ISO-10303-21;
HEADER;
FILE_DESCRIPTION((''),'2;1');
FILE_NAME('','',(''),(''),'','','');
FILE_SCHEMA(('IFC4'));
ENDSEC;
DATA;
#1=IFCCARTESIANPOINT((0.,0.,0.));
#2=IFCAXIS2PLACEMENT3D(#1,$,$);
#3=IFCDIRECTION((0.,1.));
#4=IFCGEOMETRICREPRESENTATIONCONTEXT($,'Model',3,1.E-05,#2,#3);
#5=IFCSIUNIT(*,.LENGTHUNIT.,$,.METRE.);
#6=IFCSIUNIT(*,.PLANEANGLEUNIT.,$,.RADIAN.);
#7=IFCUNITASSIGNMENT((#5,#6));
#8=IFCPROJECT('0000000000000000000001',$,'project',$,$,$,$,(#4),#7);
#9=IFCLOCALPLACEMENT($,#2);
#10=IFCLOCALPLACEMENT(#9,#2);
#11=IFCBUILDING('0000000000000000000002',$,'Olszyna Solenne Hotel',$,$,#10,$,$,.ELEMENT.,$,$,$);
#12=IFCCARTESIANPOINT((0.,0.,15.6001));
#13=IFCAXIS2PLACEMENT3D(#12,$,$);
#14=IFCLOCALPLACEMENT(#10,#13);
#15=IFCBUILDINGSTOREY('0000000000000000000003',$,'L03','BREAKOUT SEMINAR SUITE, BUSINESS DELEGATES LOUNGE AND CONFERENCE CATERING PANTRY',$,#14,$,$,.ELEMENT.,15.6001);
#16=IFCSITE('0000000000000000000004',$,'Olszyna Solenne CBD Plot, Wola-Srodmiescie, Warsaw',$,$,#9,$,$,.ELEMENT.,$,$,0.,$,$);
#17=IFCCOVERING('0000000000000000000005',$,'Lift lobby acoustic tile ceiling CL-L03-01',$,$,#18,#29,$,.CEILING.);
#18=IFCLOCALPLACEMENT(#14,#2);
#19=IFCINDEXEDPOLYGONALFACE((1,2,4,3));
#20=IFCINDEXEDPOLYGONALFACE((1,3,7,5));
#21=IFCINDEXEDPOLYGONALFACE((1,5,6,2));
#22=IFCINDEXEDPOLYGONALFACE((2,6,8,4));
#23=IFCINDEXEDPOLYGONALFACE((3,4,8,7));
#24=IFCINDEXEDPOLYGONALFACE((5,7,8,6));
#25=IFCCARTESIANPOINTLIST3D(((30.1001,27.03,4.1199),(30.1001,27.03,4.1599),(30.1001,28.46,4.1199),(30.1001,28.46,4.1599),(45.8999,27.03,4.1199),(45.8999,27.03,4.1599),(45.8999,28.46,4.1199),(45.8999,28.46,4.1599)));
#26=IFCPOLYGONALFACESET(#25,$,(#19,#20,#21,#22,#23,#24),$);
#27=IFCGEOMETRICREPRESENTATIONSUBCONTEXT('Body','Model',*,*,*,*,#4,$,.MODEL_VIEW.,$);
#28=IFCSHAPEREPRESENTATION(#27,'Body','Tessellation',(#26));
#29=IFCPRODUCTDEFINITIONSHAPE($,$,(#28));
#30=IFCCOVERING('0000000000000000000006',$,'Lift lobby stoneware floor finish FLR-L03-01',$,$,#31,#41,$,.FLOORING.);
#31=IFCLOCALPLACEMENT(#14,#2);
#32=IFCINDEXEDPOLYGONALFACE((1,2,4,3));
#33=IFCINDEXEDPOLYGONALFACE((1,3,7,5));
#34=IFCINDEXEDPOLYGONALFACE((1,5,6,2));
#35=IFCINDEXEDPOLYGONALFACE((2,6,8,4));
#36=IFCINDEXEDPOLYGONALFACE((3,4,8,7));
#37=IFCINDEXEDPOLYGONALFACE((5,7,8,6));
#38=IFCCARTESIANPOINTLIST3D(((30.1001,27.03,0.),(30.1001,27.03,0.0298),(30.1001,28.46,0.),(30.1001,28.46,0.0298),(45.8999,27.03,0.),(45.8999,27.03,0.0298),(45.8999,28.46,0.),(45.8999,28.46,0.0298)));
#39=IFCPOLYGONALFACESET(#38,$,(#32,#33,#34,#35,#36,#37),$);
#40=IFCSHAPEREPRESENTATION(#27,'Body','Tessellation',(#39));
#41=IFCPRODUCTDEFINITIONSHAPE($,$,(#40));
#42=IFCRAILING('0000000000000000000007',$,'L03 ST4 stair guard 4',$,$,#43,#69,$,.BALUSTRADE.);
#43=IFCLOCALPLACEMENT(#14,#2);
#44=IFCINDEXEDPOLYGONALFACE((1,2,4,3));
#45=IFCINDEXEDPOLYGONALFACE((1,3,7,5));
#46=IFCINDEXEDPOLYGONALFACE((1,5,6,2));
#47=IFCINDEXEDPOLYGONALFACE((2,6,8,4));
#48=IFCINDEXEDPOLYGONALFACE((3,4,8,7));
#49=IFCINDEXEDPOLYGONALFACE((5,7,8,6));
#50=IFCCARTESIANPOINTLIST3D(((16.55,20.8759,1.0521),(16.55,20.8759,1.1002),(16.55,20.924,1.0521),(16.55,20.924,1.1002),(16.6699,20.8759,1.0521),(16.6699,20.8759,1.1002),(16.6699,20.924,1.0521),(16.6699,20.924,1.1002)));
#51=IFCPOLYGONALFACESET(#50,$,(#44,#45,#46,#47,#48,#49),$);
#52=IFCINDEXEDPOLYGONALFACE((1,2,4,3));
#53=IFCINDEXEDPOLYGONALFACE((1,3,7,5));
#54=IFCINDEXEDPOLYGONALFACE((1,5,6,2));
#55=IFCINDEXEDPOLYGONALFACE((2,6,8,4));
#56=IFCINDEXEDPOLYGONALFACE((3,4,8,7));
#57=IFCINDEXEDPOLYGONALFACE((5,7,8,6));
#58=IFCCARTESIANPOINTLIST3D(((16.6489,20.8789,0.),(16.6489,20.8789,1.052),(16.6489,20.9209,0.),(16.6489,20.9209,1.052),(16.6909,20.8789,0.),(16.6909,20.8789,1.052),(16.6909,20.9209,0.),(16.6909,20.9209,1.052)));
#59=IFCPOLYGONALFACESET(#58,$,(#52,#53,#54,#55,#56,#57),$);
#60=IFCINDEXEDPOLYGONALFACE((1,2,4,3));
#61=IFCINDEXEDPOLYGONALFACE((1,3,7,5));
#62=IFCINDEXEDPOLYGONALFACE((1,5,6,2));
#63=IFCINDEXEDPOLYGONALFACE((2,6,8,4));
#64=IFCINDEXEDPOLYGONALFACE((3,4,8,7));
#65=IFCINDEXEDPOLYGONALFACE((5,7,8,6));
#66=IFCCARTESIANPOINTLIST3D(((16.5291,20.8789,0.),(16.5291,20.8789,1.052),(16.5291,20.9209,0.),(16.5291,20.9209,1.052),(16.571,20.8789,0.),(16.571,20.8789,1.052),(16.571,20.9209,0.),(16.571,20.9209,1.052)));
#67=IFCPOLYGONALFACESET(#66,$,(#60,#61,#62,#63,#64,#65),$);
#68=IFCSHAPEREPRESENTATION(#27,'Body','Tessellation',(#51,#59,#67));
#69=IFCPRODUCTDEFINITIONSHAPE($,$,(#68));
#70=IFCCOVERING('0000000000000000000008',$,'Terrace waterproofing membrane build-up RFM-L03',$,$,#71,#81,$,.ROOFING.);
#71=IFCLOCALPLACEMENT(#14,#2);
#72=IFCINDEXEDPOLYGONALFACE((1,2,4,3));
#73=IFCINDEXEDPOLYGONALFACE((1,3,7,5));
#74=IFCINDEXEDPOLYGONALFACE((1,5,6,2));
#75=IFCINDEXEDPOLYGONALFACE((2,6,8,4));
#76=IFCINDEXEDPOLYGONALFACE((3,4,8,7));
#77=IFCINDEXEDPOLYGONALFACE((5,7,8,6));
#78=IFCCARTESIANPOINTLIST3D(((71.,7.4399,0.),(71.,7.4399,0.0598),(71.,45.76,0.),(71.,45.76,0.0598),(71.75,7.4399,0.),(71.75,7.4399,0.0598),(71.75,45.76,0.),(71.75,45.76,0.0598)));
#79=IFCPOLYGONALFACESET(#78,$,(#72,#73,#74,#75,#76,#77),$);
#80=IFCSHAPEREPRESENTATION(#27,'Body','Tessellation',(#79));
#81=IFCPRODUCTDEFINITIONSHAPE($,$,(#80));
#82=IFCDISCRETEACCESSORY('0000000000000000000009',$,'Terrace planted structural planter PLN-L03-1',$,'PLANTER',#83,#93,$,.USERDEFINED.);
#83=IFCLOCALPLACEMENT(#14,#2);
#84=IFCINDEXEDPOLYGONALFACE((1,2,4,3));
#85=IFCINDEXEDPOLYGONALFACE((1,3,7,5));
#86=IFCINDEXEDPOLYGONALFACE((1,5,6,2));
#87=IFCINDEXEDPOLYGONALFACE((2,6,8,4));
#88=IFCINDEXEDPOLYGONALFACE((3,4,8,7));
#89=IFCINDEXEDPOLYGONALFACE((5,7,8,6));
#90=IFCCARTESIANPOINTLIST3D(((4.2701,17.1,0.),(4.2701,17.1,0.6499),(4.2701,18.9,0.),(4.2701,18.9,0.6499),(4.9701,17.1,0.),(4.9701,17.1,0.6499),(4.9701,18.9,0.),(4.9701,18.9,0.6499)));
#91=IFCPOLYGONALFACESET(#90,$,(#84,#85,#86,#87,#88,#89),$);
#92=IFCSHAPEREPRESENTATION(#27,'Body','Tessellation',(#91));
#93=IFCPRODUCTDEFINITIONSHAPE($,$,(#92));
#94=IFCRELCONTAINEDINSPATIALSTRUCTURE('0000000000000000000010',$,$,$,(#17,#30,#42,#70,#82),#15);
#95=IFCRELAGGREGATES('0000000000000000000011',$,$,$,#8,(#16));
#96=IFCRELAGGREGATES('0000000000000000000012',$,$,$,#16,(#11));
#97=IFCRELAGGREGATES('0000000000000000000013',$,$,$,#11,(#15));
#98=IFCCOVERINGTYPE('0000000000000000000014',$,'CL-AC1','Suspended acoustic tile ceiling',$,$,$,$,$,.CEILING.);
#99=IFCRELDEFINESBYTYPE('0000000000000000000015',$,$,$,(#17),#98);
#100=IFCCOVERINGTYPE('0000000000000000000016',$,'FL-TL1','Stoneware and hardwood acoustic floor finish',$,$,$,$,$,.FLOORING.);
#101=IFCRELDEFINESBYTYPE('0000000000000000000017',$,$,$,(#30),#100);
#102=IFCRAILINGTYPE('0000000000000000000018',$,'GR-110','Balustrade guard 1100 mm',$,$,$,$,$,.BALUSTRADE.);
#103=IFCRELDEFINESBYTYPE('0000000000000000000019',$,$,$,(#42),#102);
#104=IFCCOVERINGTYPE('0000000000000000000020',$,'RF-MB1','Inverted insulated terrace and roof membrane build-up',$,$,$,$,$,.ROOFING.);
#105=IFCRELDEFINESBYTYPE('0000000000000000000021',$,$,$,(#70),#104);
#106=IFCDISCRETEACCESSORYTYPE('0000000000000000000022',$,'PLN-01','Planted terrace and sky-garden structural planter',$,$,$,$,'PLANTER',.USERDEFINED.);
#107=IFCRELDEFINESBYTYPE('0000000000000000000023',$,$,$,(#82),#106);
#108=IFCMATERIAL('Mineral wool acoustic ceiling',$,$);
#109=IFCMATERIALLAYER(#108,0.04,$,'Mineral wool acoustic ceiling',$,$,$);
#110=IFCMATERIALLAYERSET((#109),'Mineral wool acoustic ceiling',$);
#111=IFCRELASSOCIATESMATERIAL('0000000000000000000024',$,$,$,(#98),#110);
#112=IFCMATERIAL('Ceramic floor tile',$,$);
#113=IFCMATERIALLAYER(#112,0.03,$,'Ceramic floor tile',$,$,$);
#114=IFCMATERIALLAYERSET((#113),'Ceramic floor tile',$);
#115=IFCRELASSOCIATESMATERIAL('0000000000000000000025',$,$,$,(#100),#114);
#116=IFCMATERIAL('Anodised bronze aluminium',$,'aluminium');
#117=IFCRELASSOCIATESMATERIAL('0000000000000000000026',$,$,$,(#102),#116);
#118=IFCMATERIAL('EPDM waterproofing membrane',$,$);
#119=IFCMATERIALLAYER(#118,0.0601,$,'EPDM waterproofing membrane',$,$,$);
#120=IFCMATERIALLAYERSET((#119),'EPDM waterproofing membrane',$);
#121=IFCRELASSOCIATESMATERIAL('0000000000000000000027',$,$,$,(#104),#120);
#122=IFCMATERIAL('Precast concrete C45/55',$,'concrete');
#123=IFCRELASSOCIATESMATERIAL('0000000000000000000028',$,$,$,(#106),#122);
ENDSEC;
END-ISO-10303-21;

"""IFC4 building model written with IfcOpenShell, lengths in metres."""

from ifc_helpers import new_model, si_unit, direction, frame, origin, origin_2d, place, context, subcontext, project, spatial, polyline, rectangle, outline, extrude, source, transform, mapped, material, layer, layer_set, type_object, element, save


model = new_model("IFC4")

# Units and contexts
model_context = context("Model", 3, precision=1e-05, world=origin(), true_north=direction((0.0, 1.0)))
body_context = subcontext(model_context, "Body", "Model", "MODEL_VIEW")
ifc_project = project(units=[si_unit("LENGTHUNIT", "METRE"), si_unit("PLANEANGLEUNIT", "RADIAN")], contexts=[model_context])

# Site, building, storey
site_placement = place(None, origin())
site = spatial("IfcSite", under=ifc_project, at=site_placement, Name="Olszyna Solenne CBD Plot, Wola-Srodmiescie, Warsaw", CompositionType="ELEMENT", RefElevation=0.0)
building_placement = place(site_placement, origin())
building = spatial("IfcBuilding", under=site, at=building_placement, Name="Olszyna Solenne Hotel", CompositionType="ELEMENT")
storey_placement = place(building_placement, frame((0.0, 0.0, 15.6001)))
storey = spatial("IfcBuildingStorey", under=building, at=storey_placement, Name="L03", Description="BREAKOUT SEMINAR SUITE, BUSINESS DELEGATES LOUNGE AND CONFERENCE CATERING PANTRY", CompositionType="ELEMENT", Elevation=15.6001)

# Shared definitions
ifc_material_1 = material(Name="Anodised bronze aluminium", Category="aluminium")

# Coverings
ifc_material_2 = material(Name="Mineral wool acoustic ceiling")
ifc_layer_1 = layer(ifc_material_2, 0.04, Name="Mineral wool acoustic ceiling")
ifc_layer_set_1 = layer_set([ifc_layer_1], Name="Mineral wool acoustic ceiling")
covering_type_1 = type_object("IfcCoveringType", Name="CL-AC1", Description="Suspended acoustic tile ceiling", PredefinedType="CEILING", material=ifc_layer_set_1)
covering_1_placement = place(storey_placement, frame((0.0, 0.0, 4.1199)))
element("IfcCovering", 1, at=covering_1_placement, inside=storey, type_object=covering_type_1, Name="Lift lobby acoustic tile ceiling CL-L03-01", PredefinedType="CEILING", context=body_context, shape_type="SweptSolid", body=[
    extrude(outline(polyline([(30.1001, 27.03), (45.8999, 27.03), (45.8999, 28.46), (30.1001, 28.46), (30.1001, 27.03)])), origin(), (0.0, 0.0, 1.0), 0.04),
])
ifc_material_3 = material(Name="Ceramic floor tile")
ifc_layer_2 = layer(ifc_material_3, 0.03, Name="Ceramic floor tile")
ifc_layer_set_2 = layer_set([ifc_layer_2], Name="Ceramic floor tile")
covering_type_2 = type_object("IfcCoveringType", Name="FL-TL1", Description="Stoneware and hardwood acoustic floor finish", PredefinedType="FLOORING", material=ifc_layer_set_2)
covering_2_placement = place(storey_placement, origin())
element("IfcCovering", 2, at=covering_2_placement, inside=storey, type_object=covering_type_2, Name="Lift lobby stoneware floor finish FLR-L03-01", PredefinedType="FLOORING", context=body_context, shape_type="SweptSolid", body=[
    extrude(outline(polyline([(30.1001, 27.03), (45.8999, 27.03), (45.8999, 28.46), (30.1001, 28.46), (30.1001, 27.03)])), origin(), (0.0, 0.0, 1.0), 0.0298),
])

# Railing
railing_type = type_object("IfcRailingType", Name="GR-110", Description="Balustrade guard 1100 mm", PredefinedType="BALUSTRADE", material=ifc_material_1)
railing_placement = place(storey_placement, frame((16.6699, 20.8999, 0.0)))
element("IfcRailing", 3, at=railing_placement, inside=storey, type_object=railing_type, Name="L03 ST4 stair guard 4", PredefinedType="BALUSTRADE", context=body_context, shape_type="SweptSolid", body=[
    extrude(rectangle(XDim=0.0481, YDim=0.0481, at=origin_2d()), frame((0.0, 0.0, 1.0762), z_axis=(-1.0, 0.0, 0.0), x_axis=(0.0, -1.0, 0.0)), (0.0, 0.0, 1.0), 0.1199),
    extrude(rectangle(XDim=0.042, YDim=0.042, at=origin_2d()), origin(), (0.0, 0.0, 1.0), 1.052),
    extrude(rectangle(XDim=0.042, YDim=0.042, at=origin_2d()), frame((-0.1199, 0.0, 0.0)), (0.0, 0.0, 1.0), 1.052),
])

# Covering
ifc_material_4 = material(Name="EPDM waterproofing membrane")
ifc_layer_3 = layer(ifc_material_4, 0.0601, Name="EPDM waterproofing membrane")
ifc_layer_set_3 = layer_set([ifc_layer_3], Name="EPDM waterproofing membrane")
covering_type_3 = type_object("IfcCoveringType", Name="RF-MB1", Description="Inverted insulated terrace and roof membrane build-up", PredefinedType="ROOFING", material=ifc_layer_set_3)
covering_3_placement = place(storey_placement, origin())
element("IfcCovering", 4, at=covering_3_placement, inside=storey, type_object=covering_type_3, Name="Terrace waterproofing membrane build-up RFM-L03", PredefinedType="ROOFING", context=body_context, shape_type="SweptSolid", body=[
    extrude(outline(polyline([(71.0, 7.4399), (71.75, 7.4399), (71.75, 45.76), (71.0, 45.76), (71.0, 7.4399)])), origin(), (0.0, 0.0, 1.0), 0.0598),
])

# Discrete accessory
ifc_material_5 = material(Name="Precast concrete C45/55", Category="concrete")
discrete_accessory_type = type_object("IfcDiscreteAccessoryType", Name="PLN-01", Description="Planted terrace and sky-garden structural planter", ElementType="PLANTER", PredefinedType="USERDEFINED", material=ifc_material_5)
shared_shape_1 = source(origin(), body_context, "Body", "SweptSolid", [
    extrude(rectangle(XDim=1.8, YDim=0.7, at=origin_2d()), origin(), (0.0, 0.0, 1.0), 0.6499),
])
discrete_accessory_placement = place(storey_placement, frame((4.6201, 18.0, 0.0), z_axis=(0.0, 0.0, 1.0), x_axis=(0.0, 1.0, 0.0)))
element("IfcDiscreteAccessory", 5, at=discrete_accessory_placement, inside=storey, type_object=discrete_accessory_type, Name="Terrace planted structural planter PLN-L03-1", ObjectType="PLANTER", PredefinedType="USERDEFINED", context=body_context, shape_type="MappedRepresentation", body=[
    mapped(shared_shape_1, transform((0.0, 0.0, 0.0), x_axis=(1.0, 0.0, 0.0), y_axis=(0.0, 1.0, 0.0), z_axis=(0.0, 0.0, 1.0), scale=1.0)),
])

save(model, "model.ifc")
